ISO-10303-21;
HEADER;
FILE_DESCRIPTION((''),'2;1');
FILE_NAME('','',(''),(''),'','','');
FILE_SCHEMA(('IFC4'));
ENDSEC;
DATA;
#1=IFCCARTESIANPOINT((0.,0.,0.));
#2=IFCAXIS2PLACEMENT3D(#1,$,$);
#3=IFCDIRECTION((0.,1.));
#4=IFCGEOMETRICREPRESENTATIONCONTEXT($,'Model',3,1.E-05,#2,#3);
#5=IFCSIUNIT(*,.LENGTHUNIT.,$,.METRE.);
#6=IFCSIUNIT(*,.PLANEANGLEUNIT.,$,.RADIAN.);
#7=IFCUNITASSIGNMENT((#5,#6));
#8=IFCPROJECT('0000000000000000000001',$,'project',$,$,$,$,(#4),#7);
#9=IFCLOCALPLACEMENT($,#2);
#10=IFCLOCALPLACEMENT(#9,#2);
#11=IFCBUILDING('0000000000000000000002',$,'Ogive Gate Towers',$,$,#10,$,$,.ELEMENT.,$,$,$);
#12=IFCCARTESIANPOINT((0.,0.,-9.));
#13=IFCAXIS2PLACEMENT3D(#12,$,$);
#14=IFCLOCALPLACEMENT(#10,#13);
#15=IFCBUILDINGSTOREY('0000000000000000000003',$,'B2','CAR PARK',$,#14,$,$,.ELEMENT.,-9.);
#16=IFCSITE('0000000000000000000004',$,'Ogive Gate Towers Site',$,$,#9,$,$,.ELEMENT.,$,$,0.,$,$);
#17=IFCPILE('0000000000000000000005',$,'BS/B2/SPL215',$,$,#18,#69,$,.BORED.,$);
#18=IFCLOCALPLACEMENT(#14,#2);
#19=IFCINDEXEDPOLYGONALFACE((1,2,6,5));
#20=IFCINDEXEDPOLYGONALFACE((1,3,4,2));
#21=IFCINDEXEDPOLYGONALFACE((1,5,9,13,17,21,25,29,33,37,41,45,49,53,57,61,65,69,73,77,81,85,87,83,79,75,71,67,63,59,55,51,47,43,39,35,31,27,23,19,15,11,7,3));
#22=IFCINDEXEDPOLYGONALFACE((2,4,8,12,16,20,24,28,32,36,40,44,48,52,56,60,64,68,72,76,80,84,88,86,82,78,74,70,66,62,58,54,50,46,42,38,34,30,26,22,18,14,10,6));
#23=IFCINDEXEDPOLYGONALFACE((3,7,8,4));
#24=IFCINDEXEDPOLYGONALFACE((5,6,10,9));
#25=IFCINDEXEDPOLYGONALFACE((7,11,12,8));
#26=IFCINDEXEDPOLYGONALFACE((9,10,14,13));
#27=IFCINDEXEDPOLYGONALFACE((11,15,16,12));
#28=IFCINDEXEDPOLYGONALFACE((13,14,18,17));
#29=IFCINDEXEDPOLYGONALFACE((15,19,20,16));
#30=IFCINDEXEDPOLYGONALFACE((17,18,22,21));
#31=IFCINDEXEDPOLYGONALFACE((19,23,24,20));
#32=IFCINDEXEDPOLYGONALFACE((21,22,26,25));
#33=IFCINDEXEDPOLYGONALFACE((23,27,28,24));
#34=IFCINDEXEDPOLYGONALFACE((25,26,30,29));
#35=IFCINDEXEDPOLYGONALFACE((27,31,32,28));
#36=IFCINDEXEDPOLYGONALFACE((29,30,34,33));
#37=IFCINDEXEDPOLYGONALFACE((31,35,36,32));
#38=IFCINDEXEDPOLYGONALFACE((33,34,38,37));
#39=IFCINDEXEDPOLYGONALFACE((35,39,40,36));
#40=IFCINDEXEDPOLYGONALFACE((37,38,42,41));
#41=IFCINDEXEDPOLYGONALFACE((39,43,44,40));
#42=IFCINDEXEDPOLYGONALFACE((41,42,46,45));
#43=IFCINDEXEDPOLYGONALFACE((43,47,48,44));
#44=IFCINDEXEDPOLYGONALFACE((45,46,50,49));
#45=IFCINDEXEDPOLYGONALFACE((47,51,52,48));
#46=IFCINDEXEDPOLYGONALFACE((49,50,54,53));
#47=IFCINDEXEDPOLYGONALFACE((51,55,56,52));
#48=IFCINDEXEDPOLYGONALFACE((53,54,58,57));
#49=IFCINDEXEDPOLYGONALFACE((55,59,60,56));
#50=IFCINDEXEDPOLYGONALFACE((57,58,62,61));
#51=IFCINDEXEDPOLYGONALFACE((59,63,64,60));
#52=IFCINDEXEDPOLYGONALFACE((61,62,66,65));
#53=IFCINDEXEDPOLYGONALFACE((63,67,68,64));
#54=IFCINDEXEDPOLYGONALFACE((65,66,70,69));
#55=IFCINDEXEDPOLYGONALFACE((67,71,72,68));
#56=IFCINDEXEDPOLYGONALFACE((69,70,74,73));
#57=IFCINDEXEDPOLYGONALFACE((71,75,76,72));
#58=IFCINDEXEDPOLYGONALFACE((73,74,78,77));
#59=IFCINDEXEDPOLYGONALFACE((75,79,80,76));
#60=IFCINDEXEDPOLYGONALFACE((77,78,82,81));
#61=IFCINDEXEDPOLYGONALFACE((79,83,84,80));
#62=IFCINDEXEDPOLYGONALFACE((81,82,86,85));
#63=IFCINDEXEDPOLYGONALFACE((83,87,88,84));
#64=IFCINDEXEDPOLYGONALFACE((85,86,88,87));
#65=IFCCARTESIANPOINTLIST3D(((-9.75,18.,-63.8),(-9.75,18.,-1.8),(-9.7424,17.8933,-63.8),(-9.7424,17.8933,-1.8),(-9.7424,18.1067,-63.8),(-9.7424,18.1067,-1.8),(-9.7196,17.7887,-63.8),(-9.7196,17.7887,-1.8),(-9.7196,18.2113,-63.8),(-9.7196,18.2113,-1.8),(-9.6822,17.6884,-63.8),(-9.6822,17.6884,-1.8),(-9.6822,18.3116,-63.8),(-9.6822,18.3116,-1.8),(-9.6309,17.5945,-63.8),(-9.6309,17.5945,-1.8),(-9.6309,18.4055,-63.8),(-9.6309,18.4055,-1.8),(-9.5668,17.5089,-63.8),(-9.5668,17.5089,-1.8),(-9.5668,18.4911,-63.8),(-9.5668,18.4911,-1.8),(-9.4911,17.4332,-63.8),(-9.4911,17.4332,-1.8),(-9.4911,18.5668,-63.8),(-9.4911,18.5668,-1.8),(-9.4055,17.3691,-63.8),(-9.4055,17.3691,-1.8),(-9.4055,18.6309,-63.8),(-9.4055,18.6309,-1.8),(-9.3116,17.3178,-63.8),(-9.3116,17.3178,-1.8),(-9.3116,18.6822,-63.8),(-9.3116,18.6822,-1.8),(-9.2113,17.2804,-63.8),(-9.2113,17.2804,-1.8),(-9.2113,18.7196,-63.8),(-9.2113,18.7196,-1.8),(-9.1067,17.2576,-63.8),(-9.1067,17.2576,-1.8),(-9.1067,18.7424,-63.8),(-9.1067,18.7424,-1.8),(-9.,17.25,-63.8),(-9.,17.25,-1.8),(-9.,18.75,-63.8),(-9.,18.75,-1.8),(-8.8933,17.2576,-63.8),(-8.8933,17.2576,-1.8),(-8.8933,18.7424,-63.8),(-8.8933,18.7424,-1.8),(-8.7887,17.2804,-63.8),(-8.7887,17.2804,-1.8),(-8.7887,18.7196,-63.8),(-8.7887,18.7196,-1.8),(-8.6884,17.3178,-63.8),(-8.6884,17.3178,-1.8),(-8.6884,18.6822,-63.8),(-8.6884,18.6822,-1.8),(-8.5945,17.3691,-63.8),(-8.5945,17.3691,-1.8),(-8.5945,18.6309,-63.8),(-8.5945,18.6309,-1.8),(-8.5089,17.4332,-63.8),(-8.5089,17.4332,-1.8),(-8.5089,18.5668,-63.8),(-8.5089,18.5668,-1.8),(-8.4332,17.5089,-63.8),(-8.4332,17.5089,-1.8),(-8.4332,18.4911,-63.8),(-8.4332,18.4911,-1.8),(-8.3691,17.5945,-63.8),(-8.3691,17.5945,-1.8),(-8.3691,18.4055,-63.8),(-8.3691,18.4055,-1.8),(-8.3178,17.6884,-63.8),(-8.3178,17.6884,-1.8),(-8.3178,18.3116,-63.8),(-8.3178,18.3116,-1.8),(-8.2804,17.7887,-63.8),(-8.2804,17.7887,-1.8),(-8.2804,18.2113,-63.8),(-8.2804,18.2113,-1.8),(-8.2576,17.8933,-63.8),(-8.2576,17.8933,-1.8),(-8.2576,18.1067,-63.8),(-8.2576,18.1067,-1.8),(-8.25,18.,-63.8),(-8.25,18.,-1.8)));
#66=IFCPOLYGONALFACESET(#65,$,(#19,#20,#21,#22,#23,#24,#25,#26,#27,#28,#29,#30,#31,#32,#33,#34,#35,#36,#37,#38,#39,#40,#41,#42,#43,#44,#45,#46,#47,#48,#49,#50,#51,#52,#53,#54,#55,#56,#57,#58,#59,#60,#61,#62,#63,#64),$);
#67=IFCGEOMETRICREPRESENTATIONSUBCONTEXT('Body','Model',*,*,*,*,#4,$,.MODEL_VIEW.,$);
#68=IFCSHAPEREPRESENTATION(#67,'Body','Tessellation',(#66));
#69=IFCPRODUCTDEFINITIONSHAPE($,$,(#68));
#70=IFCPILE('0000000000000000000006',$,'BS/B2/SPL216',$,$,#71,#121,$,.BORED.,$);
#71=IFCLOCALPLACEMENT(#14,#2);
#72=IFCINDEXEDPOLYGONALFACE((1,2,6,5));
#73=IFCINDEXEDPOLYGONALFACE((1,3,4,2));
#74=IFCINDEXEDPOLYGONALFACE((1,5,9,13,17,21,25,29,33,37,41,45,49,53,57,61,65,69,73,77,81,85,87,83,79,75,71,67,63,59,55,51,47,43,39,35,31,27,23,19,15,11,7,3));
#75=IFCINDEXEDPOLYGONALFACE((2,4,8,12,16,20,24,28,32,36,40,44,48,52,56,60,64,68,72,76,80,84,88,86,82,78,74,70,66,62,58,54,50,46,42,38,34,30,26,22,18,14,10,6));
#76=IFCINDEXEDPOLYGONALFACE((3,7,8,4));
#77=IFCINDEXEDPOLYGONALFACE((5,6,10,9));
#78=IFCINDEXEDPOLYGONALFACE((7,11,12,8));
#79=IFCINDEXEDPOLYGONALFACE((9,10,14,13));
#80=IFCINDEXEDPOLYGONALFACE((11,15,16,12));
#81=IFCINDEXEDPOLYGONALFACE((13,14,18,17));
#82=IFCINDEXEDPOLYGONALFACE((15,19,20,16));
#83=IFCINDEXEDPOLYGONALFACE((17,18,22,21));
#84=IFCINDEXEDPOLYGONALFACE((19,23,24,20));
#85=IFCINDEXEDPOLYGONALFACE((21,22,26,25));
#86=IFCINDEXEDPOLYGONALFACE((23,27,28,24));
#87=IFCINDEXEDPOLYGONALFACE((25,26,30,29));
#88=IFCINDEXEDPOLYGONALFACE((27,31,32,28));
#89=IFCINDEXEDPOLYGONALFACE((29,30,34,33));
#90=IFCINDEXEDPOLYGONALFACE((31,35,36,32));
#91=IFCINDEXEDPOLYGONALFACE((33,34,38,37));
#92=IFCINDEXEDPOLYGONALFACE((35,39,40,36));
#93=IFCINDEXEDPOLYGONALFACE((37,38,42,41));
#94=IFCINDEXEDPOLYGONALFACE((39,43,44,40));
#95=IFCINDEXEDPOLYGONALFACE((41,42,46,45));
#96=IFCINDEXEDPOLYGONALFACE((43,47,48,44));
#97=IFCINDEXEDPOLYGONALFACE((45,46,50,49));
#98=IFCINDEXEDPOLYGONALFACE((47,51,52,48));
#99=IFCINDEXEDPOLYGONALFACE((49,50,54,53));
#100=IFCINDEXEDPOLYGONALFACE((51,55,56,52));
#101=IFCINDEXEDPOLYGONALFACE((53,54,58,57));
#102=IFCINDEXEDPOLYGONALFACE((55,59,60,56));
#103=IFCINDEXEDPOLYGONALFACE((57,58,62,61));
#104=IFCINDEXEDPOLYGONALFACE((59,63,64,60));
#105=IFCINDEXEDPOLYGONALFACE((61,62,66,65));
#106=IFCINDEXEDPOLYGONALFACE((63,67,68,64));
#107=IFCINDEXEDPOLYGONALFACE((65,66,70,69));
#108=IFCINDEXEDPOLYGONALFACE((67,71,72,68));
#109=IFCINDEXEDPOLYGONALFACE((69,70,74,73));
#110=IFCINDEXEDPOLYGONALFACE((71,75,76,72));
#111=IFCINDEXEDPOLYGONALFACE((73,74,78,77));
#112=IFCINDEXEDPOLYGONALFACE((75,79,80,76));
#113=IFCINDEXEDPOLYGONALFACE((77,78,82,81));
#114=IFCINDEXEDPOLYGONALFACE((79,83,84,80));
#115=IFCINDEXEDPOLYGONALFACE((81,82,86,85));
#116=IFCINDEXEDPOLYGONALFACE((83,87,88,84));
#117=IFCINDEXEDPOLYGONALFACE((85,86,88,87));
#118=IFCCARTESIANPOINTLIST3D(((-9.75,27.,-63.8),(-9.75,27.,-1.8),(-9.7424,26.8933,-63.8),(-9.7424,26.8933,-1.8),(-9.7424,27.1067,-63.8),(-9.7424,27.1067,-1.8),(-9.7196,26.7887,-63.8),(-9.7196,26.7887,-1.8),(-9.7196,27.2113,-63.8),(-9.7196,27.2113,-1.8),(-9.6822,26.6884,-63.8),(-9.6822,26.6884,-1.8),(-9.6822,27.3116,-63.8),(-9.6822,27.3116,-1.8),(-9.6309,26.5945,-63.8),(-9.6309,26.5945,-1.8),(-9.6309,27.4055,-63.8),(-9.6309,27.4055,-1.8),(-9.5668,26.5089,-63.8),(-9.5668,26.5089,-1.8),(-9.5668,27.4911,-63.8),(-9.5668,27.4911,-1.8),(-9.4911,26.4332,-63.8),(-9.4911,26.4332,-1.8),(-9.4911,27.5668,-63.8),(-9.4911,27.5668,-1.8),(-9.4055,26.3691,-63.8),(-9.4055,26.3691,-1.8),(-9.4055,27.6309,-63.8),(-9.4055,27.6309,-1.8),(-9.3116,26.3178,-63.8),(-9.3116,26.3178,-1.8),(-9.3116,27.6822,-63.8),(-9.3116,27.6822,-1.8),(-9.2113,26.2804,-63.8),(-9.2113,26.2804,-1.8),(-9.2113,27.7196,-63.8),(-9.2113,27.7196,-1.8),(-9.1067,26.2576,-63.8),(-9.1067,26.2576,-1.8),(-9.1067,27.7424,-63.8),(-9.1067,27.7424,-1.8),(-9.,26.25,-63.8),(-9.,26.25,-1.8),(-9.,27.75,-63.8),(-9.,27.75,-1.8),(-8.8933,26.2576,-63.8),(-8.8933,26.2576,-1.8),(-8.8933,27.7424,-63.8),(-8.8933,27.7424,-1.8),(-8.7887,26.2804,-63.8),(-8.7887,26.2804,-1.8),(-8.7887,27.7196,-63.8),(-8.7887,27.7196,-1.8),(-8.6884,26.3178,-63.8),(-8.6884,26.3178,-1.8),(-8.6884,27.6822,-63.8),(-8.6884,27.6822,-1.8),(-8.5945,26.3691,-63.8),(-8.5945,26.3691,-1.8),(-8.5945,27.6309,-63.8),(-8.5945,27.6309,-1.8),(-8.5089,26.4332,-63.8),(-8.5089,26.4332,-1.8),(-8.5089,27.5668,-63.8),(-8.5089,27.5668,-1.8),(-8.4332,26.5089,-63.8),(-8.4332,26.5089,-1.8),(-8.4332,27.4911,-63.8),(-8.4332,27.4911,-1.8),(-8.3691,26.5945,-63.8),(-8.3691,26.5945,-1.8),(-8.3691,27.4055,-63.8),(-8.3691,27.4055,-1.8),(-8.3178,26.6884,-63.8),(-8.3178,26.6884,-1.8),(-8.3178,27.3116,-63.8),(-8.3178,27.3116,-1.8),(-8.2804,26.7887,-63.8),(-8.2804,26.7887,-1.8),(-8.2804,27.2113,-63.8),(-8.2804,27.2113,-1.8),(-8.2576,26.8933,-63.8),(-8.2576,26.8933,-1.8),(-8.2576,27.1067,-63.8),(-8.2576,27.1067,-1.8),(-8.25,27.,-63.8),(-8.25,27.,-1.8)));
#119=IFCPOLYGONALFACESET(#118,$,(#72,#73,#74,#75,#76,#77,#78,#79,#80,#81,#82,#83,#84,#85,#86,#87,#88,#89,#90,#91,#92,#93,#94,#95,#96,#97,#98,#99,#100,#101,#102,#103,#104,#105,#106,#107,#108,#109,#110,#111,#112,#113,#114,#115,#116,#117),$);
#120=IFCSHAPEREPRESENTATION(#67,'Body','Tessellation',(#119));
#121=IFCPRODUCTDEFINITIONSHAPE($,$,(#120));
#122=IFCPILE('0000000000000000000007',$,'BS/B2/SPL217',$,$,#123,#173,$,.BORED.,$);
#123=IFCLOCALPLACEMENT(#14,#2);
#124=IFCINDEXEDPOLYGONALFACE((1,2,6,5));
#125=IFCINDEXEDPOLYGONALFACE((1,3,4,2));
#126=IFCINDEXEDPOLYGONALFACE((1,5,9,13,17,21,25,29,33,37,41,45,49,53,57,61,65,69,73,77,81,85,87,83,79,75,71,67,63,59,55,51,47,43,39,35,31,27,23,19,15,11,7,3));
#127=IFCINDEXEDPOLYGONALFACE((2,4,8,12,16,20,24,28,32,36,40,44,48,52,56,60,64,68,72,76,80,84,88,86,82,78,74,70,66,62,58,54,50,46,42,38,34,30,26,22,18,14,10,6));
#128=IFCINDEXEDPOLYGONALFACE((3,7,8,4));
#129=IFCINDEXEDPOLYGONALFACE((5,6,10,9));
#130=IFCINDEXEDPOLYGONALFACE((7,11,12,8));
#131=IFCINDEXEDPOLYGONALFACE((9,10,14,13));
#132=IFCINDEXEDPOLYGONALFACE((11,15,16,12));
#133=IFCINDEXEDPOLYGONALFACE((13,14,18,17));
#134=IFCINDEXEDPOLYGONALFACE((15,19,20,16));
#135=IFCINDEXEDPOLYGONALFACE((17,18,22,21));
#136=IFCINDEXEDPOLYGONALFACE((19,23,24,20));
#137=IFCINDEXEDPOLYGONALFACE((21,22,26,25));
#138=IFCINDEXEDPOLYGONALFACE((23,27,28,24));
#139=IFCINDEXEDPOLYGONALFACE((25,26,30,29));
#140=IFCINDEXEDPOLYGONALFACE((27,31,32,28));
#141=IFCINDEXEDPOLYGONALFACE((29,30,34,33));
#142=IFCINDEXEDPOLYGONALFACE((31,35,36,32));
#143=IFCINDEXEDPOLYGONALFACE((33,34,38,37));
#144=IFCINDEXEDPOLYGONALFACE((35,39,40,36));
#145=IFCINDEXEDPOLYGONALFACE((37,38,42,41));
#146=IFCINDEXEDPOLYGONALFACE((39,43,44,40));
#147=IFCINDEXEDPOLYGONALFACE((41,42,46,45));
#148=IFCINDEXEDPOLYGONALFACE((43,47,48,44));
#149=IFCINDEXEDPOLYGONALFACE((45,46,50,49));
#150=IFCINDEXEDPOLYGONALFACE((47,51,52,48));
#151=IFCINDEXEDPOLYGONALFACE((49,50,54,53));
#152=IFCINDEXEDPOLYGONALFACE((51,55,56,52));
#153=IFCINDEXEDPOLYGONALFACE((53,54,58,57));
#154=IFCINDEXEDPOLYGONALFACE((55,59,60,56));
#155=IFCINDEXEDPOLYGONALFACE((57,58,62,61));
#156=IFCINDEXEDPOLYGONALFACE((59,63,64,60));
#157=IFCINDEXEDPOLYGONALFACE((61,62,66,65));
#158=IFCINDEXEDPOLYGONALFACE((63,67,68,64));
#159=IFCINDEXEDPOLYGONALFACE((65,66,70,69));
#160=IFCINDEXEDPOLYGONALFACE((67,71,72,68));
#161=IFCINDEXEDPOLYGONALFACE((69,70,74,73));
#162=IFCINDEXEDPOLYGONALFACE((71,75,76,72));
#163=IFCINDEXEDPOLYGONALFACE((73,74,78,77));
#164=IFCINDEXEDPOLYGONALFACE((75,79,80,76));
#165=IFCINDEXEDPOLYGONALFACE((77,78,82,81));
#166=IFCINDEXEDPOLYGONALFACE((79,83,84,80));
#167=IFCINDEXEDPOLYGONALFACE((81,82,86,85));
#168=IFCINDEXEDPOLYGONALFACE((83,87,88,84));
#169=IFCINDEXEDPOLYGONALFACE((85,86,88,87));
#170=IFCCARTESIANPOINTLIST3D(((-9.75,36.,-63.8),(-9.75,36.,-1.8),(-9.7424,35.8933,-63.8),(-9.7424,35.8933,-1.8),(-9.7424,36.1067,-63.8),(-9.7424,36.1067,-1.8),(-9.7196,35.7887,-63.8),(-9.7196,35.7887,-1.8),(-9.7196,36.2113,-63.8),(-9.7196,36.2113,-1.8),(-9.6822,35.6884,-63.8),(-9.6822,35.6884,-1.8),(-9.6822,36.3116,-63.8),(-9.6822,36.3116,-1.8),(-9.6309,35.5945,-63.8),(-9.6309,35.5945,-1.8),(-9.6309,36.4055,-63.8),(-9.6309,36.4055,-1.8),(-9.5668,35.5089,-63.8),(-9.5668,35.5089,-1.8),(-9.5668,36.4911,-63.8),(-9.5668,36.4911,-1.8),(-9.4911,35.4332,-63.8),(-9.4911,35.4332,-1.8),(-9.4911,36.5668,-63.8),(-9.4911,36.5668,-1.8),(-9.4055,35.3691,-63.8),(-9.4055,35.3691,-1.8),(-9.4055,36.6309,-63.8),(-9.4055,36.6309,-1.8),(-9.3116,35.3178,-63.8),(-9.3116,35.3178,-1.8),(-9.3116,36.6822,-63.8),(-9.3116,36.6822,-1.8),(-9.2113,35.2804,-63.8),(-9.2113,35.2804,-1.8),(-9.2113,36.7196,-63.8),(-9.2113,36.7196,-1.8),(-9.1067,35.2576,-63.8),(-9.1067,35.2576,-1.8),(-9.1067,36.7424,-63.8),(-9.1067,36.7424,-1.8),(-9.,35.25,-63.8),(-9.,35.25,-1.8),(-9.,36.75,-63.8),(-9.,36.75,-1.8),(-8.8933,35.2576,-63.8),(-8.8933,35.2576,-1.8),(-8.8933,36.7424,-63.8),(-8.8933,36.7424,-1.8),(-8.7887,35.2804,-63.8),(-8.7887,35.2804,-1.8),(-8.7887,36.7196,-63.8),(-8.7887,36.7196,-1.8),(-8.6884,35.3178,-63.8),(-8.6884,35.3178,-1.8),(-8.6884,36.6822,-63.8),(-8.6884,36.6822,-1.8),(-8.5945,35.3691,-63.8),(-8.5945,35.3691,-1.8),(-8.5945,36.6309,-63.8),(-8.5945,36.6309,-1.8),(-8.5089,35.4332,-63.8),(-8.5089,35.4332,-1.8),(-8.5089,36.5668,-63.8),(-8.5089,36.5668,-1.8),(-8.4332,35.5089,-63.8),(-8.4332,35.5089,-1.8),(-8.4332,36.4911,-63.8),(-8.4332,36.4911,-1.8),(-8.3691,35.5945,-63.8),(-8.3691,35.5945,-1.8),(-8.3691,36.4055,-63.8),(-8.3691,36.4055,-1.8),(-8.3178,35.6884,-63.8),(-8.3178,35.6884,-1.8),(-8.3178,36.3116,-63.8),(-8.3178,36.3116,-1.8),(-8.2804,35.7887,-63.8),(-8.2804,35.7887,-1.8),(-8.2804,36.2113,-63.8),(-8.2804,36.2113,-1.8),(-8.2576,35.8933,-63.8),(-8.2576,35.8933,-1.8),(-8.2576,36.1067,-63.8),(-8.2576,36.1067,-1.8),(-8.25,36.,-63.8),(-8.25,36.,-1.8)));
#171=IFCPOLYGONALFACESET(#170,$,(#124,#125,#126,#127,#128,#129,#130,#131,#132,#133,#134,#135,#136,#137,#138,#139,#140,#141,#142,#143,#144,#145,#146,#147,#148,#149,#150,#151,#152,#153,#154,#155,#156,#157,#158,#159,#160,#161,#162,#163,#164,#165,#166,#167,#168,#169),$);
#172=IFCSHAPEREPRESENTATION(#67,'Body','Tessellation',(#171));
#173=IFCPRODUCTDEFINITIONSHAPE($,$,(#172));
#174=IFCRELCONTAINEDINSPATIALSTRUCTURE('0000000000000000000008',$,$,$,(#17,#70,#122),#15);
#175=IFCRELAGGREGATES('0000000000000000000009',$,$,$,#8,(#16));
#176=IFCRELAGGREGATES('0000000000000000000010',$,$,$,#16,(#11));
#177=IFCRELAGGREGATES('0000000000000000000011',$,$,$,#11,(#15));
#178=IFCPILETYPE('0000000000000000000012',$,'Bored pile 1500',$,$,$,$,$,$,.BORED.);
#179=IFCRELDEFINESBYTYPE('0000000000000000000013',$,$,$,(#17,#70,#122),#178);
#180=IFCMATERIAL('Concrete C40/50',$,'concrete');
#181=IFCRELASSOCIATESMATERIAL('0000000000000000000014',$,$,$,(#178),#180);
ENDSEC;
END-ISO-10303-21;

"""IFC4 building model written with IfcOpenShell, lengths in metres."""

from ifc_helpers import new_model, si_unit, direction, frame, origin, origin_2d, place, context, subcontext, project, spatial, circle, extrude, material, material_profile, profile_set, type_object, element, save


model = new_model("IFC4")

# Units and contexts
model_context = context("Model", 3, precision=1e-05, world=origin(), true_north=direction((0.0, 1.0)))
body_context = subcontext(model_context, "Body", "Model", "MODEL_VIEW")
ifc_project = project(units=[si_unit("LENGTHUNIT", "METRE"), si_unit("PLANEANGLEUNIT", "RADIAN")], contexts=[model_context])

# Site, building, storey
site_placement = place(None, origin())
site = spatial("IfcSite", under=ifc_project, at=site_placement, Name="Ogive Gate Towers Site", CompositionType="ELEMENT", RefElevation=0.0)
building_placement = place(site_placement, origin())
building = spatial("IfcBuilding", under=site, at=building_placement, Name="Ogive Gate Towers", CompositionType="ELEMENT")
storey_placement = place(building_placement, frame((0.0, 0.0, -9.0)))
storey = spatial("IfcBuildingStorey", under=building, at=storey_placement, Name="B2", Description="CAR PARK", CompositionType="ELEMENT", Elevation=-9.0)

# Piles
ifc_material_1 = material(Name="Concrete C40/50", Category="concrete")
ifc_material_profile_1 = material_profile(ifc_material_1, circle(Radius=0.75, at=origin_2d()), Name="BP 1500")
ifc_profile_set_1 = profile_set([ifc_material_profile_1], Name="Concrete C40/50")
pile_type_1 = type_object("IfcPileType", Name="Bored pile 1500", PredefinedType="BORED", material=ifc_profile_set_1)
for number, where, z_axis, x_axis, name in (
    (1, (-9.0, 18.0, -1.8), (0.0, 0.0, -1.0), (1.0, 0.0, 0.0), "BS/B2/SPL215"),
    (2, (-9.0, 27.0, -1.8), (0.0, 0.0, -1.0), (1.0, 0.0, 0.0), "BS/B2/SPL216"),
    (3, (-9.0, 36.0, -1.8), (0.0, 0.0, -1.0), (1.0, 0.0, 0.0), "BS/B2/SPL217"),
):
    element("IfcPile", number, at=place(storey_placement, frame(where, z_axis=z_axis, x_axis=x_axis)), inside=storey, type_object=pile_type_1, Name=name, PredefinedType="BORED", context=body_context, shape_type="SweptSolid", body=[
        extrude(circle(Radius=0.75, at=origin_2d()), origin(), (0.0, 0.0, 1.0), 62.0),
    ])

save(model, "model.ifc")
